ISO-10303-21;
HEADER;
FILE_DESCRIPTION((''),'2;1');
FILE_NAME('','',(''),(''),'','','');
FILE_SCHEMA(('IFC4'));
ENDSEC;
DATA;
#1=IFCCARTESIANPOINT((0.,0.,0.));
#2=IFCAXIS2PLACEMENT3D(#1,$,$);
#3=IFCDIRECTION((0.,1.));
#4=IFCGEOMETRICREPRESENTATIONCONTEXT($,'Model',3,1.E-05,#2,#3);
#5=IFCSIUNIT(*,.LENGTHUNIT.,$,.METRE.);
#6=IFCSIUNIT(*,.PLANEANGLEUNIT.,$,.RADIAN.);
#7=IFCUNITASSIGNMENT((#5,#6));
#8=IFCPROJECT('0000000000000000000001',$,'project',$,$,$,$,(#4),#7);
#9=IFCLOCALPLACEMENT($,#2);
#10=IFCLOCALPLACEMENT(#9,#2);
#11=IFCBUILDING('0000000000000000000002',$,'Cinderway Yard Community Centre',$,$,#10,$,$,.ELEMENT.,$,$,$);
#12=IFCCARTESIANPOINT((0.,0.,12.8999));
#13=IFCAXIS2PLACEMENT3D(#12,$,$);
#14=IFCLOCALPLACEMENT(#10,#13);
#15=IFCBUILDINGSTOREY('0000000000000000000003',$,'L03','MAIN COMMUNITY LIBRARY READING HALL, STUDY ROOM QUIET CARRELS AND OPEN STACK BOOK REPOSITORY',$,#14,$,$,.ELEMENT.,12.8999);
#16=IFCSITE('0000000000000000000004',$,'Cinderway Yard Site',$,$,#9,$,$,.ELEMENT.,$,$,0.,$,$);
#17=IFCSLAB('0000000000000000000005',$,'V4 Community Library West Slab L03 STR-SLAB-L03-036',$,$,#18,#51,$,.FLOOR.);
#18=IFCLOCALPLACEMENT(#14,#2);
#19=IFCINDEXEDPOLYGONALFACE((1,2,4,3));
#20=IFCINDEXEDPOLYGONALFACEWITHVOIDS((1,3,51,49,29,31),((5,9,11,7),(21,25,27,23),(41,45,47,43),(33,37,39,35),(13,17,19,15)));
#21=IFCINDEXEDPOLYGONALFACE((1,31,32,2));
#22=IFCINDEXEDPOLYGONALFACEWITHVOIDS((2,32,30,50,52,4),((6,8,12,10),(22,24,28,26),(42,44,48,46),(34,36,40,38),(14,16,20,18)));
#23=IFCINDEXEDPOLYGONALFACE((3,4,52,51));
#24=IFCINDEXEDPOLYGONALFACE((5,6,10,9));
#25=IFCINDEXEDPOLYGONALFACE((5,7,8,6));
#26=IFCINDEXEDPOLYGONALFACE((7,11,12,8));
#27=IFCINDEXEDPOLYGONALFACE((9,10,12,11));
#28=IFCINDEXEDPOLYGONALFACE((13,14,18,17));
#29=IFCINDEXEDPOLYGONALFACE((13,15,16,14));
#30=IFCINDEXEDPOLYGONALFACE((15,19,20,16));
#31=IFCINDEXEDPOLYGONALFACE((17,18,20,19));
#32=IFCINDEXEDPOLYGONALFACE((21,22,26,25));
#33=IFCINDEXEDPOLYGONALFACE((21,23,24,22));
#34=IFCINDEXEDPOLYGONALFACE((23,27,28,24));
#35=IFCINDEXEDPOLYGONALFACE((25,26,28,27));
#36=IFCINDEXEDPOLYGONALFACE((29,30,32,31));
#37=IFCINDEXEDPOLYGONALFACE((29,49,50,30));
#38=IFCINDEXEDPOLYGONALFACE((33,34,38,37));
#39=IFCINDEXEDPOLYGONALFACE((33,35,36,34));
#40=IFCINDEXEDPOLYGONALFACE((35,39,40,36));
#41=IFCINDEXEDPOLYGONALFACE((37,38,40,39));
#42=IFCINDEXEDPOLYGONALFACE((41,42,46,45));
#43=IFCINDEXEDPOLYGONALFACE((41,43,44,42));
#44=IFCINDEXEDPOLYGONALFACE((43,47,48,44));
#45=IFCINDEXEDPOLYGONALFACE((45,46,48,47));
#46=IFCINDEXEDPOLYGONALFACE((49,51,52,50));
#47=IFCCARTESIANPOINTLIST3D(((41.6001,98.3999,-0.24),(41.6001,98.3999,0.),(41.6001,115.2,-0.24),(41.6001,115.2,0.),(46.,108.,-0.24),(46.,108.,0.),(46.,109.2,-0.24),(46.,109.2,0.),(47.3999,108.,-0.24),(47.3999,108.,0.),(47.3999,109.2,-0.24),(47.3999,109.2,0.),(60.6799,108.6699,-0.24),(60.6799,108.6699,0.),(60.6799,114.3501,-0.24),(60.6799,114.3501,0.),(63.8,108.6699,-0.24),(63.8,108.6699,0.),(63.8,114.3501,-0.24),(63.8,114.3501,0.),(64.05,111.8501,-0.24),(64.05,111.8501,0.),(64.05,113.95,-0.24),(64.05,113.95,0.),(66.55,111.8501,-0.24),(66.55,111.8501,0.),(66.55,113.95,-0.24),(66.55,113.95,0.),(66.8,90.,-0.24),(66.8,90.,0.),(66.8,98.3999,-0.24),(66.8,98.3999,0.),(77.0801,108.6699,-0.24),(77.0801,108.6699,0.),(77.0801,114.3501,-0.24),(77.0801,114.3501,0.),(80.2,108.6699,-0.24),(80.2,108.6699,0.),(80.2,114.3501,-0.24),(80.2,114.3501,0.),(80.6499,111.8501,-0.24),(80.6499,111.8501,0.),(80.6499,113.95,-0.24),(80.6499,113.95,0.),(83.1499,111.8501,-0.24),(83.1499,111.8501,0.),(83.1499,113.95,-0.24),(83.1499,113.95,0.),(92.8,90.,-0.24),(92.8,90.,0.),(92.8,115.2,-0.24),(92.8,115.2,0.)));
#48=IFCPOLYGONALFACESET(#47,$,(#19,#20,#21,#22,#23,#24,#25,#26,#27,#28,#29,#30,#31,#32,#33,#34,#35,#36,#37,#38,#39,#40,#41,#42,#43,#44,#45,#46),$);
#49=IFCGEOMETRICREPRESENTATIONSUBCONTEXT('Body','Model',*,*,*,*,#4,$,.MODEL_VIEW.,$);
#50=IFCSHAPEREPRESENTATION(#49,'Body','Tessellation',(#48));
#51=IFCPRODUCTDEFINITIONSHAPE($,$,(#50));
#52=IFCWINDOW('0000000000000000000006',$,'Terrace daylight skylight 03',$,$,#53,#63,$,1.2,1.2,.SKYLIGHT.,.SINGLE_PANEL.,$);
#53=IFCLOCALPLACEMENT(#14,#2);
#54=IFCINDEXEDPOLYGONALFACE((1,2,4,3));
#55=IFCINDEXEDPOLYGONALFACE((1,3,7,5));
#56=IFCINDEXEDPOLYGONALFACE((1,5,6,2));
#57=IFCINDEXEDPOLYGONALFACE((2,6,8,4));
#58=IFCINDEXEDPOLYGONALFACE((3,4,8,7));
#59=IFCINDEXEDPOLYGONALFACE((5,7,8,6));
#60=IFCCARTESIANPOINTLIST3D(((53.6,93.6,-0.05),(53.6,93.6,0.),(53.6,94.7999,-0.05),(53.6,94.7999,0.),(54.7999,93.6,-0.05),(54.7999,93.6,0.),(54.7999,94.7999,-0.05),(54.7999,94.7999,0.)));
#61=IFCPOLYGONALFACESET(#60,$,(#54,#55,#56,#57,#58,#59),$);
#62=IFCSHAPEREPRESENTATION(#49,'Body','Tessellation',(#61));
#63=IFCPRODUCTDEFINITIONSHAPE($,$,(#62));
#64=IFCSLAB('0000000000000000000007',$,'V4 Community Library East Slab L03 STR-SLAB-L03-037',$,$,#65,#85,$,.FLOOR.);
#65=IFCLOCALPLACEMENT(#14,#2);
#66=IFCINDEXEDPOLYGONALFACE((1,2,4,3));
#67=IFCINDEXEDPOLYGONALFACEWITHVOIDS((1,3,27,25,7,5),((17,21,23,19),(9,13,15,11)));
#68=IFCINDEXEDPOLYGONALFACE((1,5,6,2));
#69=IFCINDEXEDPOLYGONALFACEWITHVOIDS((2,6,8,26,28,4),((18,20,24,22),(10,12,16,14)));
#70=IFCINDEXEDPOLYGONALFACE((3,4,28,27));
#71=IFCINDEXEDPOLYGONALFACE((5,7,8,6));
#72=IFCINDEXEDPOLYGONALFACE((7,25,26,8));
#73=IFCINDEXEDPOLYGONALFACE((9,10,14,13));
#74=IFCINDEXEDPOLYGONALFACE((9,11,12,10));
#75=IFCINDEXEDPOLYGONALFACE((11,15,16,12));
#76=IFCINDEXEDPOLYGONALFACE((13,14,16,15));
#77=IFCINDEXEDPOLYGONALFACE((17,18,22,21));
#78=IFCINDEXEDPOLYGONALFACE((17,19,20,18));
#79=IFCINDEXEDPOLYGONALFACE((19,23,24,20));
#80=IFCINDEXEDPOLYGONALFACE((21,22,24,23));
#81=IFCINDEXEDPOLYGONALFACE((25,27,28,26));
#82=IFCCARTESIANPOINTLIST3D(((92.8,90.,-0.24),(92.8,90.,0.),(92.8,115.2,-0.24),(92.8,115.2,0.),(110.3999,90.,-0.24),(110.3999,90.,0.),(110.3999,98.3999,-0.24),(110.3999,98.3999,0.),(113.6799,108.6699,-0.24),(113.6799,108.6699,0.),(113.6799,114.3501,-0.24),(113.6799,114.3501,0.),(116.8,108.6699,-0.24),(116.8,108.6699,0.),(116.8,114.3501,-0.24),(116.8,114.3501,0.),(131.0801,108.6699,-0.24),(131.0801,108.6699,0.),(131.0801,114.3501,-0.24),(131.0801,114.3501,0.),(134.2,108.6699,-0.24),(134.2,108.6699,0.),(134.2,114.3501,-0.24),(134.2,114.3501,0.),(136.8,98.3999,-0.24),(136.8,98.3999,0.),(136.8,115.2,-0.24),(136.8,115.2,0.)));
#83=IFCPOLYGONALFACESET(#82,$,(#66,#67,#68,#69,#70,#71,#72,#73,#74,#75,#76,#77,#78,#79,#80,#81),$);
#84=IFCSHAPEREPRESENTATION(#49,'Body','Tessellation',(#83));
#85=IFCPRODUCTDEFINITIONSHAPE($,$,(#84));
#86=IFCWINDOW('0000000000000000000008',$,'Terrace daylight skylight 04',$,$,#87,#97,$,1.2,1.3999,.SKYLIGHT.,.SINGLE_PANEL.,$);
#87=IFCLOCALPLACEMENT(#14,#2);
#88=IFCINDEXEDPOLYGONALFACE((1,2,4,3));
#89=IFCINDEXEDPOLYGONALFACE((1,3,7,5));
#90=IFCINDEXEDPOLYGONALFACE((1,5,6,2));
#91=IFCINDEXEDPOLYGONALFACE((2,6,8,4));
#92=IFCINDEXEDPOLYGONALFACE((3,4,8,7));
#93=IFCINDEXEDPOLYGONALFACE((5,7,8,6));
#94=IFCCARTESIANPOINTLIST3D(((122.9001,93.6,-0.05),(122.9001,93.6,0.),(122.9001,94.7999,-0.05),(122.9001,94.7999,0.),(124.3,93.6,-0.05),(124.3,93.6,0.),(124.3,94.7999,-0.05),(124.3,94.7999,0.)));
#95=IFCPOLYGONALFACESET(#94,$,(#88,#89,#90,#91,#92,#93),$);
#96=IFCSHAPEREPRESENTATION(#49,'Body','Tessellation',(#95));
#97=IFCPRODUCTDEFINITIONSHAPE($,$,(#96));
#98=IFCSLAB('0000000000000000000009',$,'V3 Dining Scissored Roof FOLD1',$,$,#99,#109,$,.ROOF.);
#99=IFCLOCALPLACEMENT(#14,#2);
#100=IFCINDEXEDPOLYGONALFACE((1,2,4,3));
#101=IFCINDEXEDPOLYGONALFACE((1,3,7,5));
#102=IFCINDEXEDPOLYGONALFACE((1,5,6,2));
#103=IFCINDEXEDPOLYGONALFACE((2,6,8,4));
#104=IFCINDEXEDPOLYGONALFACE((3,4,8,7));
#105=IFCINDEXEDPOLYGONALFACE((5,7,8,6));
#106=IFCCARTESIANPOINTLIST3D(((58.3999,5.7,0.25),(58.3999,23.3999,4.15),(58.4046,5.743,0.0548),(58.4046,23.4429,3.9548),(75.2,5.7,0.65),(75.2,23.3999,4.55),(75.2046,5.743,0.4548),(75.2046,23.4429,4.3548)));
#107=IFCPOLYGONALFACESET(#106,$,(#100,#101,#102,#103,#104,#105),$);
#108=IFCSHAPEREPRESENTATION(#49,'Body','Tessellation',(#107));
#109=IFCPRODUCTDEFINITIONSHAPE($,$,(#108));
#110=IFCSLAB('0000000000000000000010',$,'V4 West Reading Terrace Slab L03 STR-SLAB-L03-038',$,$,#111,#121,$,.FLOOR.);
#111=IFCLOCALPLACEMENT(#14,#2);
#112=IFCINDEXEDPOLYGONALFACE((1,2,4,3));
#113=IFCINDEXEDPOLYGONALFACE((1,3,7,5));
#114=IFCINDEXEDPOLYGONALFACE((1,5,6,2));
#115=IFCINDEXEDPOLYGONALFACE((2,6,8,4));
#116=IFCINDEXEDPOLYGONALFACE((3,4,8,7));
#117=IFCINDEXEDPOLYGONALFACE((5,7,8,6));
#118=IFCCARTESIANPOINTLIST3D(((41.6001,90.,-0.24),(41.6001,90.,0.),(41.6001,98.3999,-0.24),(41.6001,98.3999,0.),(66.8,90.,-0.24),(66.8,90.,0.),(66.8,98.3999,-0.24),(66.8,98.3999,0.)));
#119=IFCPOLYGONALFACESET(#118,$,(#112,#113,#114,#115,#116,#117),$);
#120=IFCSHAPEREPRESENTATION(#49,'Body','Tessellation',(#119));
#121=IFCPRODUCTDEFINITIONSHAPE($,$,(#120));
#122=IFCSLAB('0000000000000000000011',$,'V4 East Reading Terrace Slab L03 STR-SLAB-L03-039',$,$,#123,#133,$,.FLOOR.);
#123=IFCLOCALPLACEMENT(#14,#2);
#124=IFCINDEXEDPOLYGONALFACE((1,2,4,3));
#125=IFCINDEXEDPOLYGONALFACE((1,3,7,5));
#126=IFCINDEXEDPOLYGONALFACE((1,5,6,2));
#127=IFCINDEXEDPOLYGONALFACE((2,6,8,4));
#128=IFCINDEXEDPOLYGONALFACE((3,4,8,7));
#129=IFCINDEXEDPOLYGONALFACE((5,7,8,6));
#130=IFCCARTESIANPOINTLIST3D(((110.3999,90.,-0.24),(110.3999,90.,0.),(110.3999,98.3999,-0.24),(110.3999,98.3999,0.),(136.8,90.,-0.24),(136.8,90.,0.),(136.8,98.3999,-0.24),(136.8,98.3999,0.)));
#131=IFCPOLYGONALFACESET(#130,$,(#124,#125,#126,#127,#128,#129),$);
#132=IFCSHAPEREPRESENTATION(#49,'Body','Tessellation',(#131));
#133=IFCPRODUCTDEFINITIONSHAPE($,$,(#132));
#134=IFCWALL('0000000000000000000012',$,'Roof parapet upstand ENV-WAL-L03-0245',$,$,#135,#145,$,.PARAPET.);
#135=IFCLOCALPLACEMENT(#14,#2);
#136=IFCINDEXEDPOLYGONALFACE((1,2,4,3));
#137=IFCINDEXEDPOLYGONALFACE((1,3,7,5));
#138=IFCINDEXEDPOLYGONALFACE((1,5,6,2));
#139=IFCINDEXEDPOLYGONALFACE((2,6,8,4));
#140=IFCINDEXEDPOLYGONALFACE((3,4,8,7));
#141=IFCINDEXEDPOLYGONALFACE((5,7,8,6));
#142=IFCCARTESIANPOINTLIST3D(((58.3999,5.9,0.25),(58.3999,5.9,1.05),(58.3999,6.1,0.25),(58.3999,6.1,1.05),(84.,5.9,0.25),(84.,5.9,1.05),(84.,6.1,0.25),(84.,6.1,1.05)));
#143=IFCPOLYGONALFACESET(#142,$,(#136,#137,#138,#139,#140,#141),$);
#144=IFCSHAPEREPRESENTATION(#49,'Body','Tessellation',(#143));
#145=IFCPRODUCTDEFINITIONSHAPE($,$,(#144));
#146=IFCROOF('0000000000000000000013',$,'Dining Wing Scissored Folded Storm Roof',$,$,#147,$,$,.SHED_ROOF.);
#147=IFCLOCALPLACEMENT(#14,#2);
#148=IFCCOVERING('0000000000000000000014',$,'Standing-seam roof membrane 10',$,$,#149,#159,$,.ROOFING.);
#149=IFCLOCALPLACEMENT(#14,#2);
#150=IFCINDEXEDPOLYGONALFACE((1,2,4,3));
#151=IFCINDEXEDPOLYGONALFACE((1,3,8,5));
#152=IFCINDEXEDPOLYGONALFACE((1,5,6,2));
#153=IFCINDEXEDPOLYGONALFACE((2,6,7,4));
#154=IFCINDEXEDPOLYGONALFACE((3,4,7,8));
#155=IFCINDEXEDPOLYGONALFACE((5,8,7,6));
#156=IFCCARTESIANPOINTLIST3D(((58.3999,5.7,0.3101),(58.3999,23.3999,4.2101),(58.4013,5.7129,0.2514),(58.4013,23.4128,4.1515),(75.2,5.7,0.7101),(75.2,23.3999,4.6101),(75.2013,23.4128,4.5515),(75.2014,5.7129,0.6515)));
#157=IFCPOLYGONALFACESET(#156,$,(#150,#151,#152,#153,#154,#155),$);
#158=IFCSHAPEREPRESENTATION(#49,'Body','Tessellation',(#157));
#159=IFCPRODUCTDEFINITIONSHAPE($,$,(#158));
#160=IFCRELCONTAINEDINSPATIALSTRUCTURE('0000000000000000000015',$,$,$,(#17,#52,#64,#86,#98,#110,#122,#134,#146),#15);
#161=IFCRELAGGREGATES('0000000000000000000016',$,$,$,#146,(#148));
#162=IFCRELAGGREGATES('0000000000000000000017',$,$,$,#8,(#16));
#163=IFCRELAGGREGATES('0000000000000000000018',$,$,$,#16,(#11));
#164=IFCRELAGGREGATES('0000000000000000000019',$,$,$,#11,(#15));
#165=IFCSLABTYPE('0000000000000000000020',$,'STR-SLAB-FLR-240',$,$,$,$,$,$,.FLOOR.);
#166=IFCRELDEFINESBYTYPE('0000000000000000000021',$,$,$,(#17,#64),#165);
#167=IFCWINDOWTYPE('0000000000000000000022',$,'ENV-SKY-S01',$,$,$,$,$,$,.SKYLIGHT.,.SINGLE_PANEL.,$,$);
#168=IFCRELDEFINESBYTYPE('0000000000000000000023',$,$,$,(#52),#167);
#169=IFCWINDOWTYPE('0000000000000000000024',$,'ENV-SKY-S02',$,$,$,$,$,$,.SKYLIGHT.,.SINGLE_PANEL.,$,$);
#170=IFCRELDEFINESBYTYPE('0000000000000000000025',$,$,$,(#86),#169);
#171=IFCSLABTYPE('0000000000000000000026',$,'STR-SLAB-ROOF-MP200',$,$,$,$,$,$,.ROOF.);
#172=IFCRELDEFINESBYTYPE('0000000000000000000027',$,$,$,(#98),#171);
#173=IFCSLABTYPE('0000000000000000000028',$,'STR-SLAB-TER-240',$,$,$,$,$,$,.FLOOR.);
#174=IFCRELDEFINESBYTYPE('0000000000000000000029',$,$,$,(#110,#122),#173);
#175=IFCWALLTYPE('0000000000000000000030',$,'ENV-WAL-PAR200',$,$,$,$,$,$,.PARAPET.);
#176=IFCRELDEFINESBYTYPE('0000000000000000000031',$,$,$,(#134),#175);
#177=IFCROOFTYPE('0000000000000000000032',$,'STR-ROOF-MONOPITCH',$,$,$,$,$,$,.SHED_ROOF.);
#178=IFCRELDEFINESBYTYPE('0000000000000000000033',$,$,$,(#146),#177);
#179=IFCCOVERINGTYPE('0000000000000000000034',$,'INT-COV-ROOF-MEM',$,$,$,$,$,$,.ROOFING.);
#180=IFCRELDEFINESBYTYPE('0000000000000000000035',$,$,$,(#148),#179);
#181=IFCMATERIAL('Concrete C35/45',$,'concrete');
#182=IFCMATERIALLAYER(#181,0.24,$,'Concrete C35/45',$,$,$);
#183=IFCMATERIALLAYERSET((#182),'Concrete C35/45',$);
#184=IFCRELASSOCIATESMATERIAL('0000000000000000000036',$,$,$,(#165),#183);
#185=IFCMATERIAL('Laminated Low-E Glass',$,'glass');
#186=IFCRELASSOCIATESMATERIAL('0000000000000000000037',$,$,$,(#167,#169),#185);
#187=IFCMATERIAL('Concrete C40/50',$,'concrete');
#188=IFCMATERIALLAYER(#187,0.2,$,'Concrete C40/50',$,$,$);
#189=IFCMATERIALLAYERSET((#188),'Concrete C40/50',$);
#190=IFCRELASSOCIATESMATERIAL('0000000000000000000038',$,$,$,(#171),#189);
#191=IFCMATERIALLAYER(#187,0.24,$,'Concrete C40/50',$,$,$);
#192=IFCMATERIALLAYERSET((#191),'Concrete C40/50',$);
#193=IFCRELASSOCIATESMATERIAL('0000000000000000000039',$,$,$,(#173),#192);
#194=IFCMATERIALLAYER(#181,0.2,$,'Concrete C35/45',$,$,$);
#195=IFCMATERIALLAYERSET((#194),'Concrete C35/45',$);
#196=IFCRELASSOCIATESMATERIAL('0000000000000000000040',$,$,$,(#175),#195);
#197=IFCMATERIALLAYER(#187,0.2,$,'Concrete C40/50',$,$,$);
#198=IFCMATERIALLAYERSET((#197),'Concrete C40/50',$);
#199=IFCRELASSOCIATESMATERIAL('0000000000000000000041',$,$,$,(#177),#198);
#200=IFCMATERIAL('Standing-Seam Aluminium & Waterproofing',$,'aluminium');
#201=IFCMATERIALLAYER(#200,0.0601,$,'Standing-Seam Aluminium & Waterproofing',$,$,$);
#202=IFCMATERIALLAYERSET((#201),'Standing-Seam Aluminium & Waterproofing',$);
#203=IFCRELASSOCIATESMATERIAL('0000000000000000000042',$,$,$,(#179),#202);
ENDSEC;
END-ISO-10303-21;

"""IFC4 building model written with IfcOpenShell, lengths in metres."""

from ifc_helpers import new_model, si_unit, direction, frame, frame_2d, origin, origin_2d, place, context, subcontext, project, spatial, polyline, rectangle, outline, extrude, material, layer, layer_set, type_object, element, fill, aggregate, save


model = new_model("IFC4")

# Units and contexts
model_context = context("Model", 3, precision=1e-05, world=origin(), true_north=direction((0.0, 1.0)))
body_context = subcontext(model_context, "Body", "Model", "MODEL_VIEW")
ifc_project = project(units=[si_unit("LENGTHUNIT", "METRE"), si_unit("PLANEANGLEUNIT", "RADIAN")], contexts=[model_context])

# Site, building, storey
site_placement = place(None, origin())
site = spatial("IfcSite", under=ifc_project, at=site_placement, Name="Cinderway Yard Site", CompositionType="ELEMENT", RefElevation=0.0)
building_placement = place(site_placement, origin())
building = spatial("IfcBuilding", under=site, at=building_placement, Name="Cinderway Yard Community Centre", CompositionType="ELEMENT")
storey_placement = place(building_placement, frame((0.0, 0.0, 12.8999)))
storey = spatial("IfcBuildingStorey", under=building, at=storey_placement, Name="L03", Description="MAIN COMMUNITY LIBRARY READING HALL, STUDY ROOM QUIET CARRELS AND OPEN STACK BOOK REPOSITORY", CompositionType="ELEMENT", Elevation=12.8999)

# Shared definitions
ifc_material_1 = material(Name="Concrete C40/50", Category="concrete")

# Slabs, openings, windows
ifc_material_2 = material(Name="Concrete C35/45", Category="concrete")
ifc_layer_1 = layer(ifc_material_2, 0.24, Name="Concrete C35/45")
ifc_layer_set_1 = layer_set([ifc_layer_1], Name="Concrete C35/45")
slab_type_1 = type_object("IfcSlabType", Name="STR-SLAB-FLR-240", PredefinedType="FLOOR", material=ifc_layer_set_1)
slab_1_placement = place(storey_placement, frame((0.0, 0.0, -0.24)))
slab_1 = element("IfcSlab", 1, at=slab_1_placement, inside=storey, type_object=slab_type_1, Name="V4 Community Library West Slab L03 STR-SLAB-L03-036", PredefinedType="FLOOR", context=body_context, shape_type="SweptSolid", body=[
    extrude(outline(polyline([(41.6001, 98.3999), (66.8, 98.3999), (66.8, 90.0), (92.8, 90.0), (92.8, 115.2), (41.6001, 115.2), (41.6001, 98.3999)]), holes=[polyline([(63.8, 108.6699), (63.8, 114.3501), (60.6799, 114.3501), (60.6799, 108.6699), (63.8, 108.6699)]), polyline([(64.05, 111.8501), (66.55, 111.8501), (66.55, 113.95), (64.05, 113.95), (64.05, 111.8501)]), polyline([(80.2, 108.6699), (80.2, 114.3501), (77.0801, 114.3501), (77.0801, 108.6699), (80.2, 108.6699)]), polyline([(80.6499, 111.8501), (83.1499, 111.8501), (83.1499, 113.95), (80.6499, 113.95), (80.6499, 111.8501)]), polyline([(46.0, 108.0), (47.3999, 108.0), (47.3999, 109.2), (46.0, 109.2), (46.0, 108.0)])]), origin(), (0.0, 0.0, 1.0), 0.24),
])
opening_1_placement = place(slab_1_placement, frame((54.2, 94.2, 0.0)))
opening_1 = element("IfcOpeningElement", 2, at=opening_1_placement, cuts=slab_1, PredefinedType="OPENING", context=body_context, shape_type="SweptSolid", body=[
    extrude(rectangle(XDim=1.2, YDim=1.2, at=origin_2d()), origin(), (0.0, 0.0, 1.0), 0.24),
])
ifc_material_3 = material(Name="Laminated Low-E Glass", Category="glass")
window_type_1 = type_object("IfcWindowType", Name="ENV-SKY-S01", PartitioningType="SINGLE_PANEL", PredefinedType="SKYLIGHT", material=ifc_material_3)
window_1_placement = place(opening_1_placement, frame((0.0, 0.0, 0.1899)))
window_1 = element("IfcWindow", 3, at=window_1_placement, inside=storey, type_object=window_type_1, Name="Terrace daylight skylight 03", OverallHeight=1.2, OverallWidth=1.2, PartitioningType="SINGLE_PANEL", PredefinedType="SKYLIGHT", context=body_context, shape_type="SweptSolid", body=[
    extrude(rectangle(XDim=1.2, YDim=1.2, at=origin_2d()), origin(), (0.0, 0.0, 1.0), 0.05),
])
fill(opening_1, window_1)
slab_2_placement = place(storey_placement, frame((0.0, 0.0, -0.24)))
slab_2 = element("IfcSlab", 4, at=slab_2_placement, inside=storey, type_object=slab_type_1, Name="V4 Community Library East Slab L03 STR-SLAB-L03-037", PredefinedType="FLOOR", context=body_context, shape_type="SweptSolid", body=[
    extrude(outline(polyline([(92.8, 90.0), (110.3999, 90.0), (110.3999, 98.3999), (136.8, 98.3999), (136.8, 115.2), (92.8, 115.2), (92.8, 90.0)]), holes=[polyline([(116.8, 108.6699), (116.8, 114.3501), (113.6799, 114.3501), (113.6799, 108.6699), (116.8, 108.6699)]), polyline([(134.2, 108.6699), (134.2, 114.3501), (131.0801, 114.3501), (131.0801, 108.6699), (134.2, 108.6699)])]), origin(), (0.0, 0.0, 1.0), 0.24),
])
opening_2_placement = place(slab_2_placement, frame((123.6001, 94.2, 0.0)))
opening_2 = element("IfcOpeningElement", 5, at=opening_2_placement, cuts=slab_2, PredefinedType="OPENING", context=body_context, shape_type="SweptSolid", body=[
    extrude(rectangle(XDim=1.3999, YDim=1.2, at=origin_2d()), origin(), (0.0, 0.0, 1.0), 0.24),
])
window_type_2 = type_object("IfcWindowType", Name="ENV-SKY-S02", PartitioningType="SINGLE_PANEL", PredefinedType="SKYLIGHT", material=ifc_material_3)
window_2_placement = place(opening_2_placement, frame((0.0, 0.0, 0.1899)))
window_2 = element("IfcWindow", 6, at=window_2_placement, inside=storey, type_object=window_type_2, Name="Terrace daylight skylight 04", OverallHeight=1.2, OverallWidth=1.3999, PartitioningType="SINGLE_PANEL", PredefinedType="SKYLIGHT", context=body_context, shape_type="SweptSolid", body=[
    extrude(rectangle(XDim=1.3999, YDim=1.2, at=origin_2d()), origin(), (0.0, 0.0, 1.0), 0.05),
])
fill(opening_2, window_2)

# Slabs
ifc_layer_2 = layer(ifc_material_1, 0.2, Name="Concrete C40/50")
ifc_layer_set_2 = layer_set([ifc_layer_2], Name="Concrete C40/50")
slab_type_2 = type_object("IfcSlabType", Name="STR-SLAB-ROOF-MP200", PredefinedType="ROOF", material=ifc_layer_set_2)
slab_3_placement = place(storey_placement, frame((58.3999, 5.7, 0.25), z_axis=(-0.023247, -0.215121, 0.976311), x_axis=(0.999717, 0.000002, 0.023804)))
element("IfcSlab", 7, at=slab_3_placement, inside=storey, type_object=slab_type_2, Name="V3 Dining Scissored Roof FOLD1", PredefinedType="ROOF", context=body_context, shape_type="SweptSolid", body=[
    extrude(outline(polyline([(0.0, 0.0), (16.8048, 0.0), (16.8977, 18.1243), (0.0929, 18.1243), (0.0, 0.0)])), origin(), (0.0, 0.0, -1.0), 0.2),
])
ifc_layer_3 = layer(ifc_material_1, 0.24, Name="Concrete C40/50")
ifc_layer_set_3 = layer_set([ifc_layer_3], Name="Concrete C40/50")
slab_type_3 = type_object("IfcSlabType", Name="STR-SLAB-TER-240", PredefinedType="FLOOR", material=ifc_layer_set_3)
slab_4_placement = place(storey_placement, frame((0.0, 0.0, -0.24)))
element("IfcSlab", 8, at=slab_4_placement, inside=storey, type_object=slab_type_3, Name="V4 West Reading Terrace Slab L03 STR-SLAB-L03-038", PredefinedType="FLOOR", context=body_context, shape_type="SweptSolid", body=[
    extrude(outline(polyline([(41.6001, 90.0), (66.8, 90.0), (66.8, 98.3999), (41.6001, 98.3999), (41.6001, 90.0)])), origin(), (0.0, 0.0, 1.0), 0.24),
])
slab_5_placement = place(storey_placement, frame((0.0, 0.0, -0.24)))
element("IfcSlab", 9, at=slab_5_placement, inside=storey, type_object=slab_type_3, Name="V4 East Reading Terrace Slab L03 STR-SLAB-L03-039", PredefinedType="FLOOR", context=body_context, shape_type="SweptSolid", body=[
    extrude(outline(polyline([(110.3999, 90.0), (136.8, 90.0), (136.8, 98.3999), (110.3999, 98.3999), (110.3999, 90.0)])), origin(), (0.0, 0.0, 1.0), 0.24),
])

# Wall
ifc_layer_4 = layer(ifc_material_2, 0.2, Name="Concrete C35/45")
ifc_layer_set_4 = layer_set([ifc_layer_4], Name="Concrete C35/45")
wall_type = type_object("IfcWallType", Name="ENV-WAL-PAR200", PredefinedType="PARAPET", material=ifc_layer_set_4)
wall_placement = place(storey_placement, frame((58.3999, 6.0, 0.25), z_axis=(0.0, 0.0, 1.0), x_axis=(1.0, 0.0, 0.0)))
element("IfcWall", 10, at=wall_placement, inside=storey, type_object=wall_type, Name="Roof parapet upstand ENV-WAL-L03-0245", PredefinedType="PARAPET", context=body_context, shape_type="SweptSolid", body=[
    extrude(rectangle(XDim=25.6001, YDim=0.2, at=frame_2d((12.8, 0.0))), origin(), (0.0, 0.0, 1.0), 0.8),
])

# Roof, covering
ifc_layer_5 = layer(ifc_material_1, 0.2, Name="Concrete C40/50")
ifc_layer_set_5 = layer_set([ifc_layer_5], Name="Concrete C40/50")
roof_type = type_object("IfcRoofType", Name="STR-ROOF-MONOPITCH", PredefinedType="SHED_ROOF", material=ifc_layer_set_5)
roof_placement = place(storey_placement, origin())
roof = element("IfcRoof", 11, at=roof_placement, inside=storey, type_object=roof_type, Name="Dining Wing Scissored Folded Storm Roof", PredefinedType="SHED_ROOF")
ifc_material_4 = material(Name="Standing-Seam Aluminium & Waterproofing", Category="aluminium")
ifc_layer_6 = layer(ifc_material_4, 0.0601, Name="Standing-Seam Aluminium & Waterproofing")
ifc_layer_set_6 = layer_set([ifc_layer_6], Name="Standing-Seam Aluminium & Waterproofing")
covering_type = type_object("IfcCoveringType", Name="INT-COV-ROOF-MEM", PredefinedType="ROOFING", material=ifc_layer_set_6)
covering_placement = place(storey_placement, frame((58.3999, 5.7, 0.3101), z_axis=(-0.023247, -0.215121, 0.976311), x_axis=(0.999717, 0.000002, 0.023804)))
covering = element("IfcCovering", 12, at=covering_placement, type_object=covering_type, Name="Standing-seam roof membrane 10", PredefinedType="ROOFING", context=body_context, shape_type="SweptSolid", body=[
    extrude(outline(polyline([(0.0, 0.0), (16.8048, 0.0), (16.8977, 18.1243), (0.0929, 18.1243), (0.0, 0.0)])), origin(), (0.0, 0.0, -1.0), 0.0601),
])
aggregate(roof, [covering])

save(model, "model.ifc")
